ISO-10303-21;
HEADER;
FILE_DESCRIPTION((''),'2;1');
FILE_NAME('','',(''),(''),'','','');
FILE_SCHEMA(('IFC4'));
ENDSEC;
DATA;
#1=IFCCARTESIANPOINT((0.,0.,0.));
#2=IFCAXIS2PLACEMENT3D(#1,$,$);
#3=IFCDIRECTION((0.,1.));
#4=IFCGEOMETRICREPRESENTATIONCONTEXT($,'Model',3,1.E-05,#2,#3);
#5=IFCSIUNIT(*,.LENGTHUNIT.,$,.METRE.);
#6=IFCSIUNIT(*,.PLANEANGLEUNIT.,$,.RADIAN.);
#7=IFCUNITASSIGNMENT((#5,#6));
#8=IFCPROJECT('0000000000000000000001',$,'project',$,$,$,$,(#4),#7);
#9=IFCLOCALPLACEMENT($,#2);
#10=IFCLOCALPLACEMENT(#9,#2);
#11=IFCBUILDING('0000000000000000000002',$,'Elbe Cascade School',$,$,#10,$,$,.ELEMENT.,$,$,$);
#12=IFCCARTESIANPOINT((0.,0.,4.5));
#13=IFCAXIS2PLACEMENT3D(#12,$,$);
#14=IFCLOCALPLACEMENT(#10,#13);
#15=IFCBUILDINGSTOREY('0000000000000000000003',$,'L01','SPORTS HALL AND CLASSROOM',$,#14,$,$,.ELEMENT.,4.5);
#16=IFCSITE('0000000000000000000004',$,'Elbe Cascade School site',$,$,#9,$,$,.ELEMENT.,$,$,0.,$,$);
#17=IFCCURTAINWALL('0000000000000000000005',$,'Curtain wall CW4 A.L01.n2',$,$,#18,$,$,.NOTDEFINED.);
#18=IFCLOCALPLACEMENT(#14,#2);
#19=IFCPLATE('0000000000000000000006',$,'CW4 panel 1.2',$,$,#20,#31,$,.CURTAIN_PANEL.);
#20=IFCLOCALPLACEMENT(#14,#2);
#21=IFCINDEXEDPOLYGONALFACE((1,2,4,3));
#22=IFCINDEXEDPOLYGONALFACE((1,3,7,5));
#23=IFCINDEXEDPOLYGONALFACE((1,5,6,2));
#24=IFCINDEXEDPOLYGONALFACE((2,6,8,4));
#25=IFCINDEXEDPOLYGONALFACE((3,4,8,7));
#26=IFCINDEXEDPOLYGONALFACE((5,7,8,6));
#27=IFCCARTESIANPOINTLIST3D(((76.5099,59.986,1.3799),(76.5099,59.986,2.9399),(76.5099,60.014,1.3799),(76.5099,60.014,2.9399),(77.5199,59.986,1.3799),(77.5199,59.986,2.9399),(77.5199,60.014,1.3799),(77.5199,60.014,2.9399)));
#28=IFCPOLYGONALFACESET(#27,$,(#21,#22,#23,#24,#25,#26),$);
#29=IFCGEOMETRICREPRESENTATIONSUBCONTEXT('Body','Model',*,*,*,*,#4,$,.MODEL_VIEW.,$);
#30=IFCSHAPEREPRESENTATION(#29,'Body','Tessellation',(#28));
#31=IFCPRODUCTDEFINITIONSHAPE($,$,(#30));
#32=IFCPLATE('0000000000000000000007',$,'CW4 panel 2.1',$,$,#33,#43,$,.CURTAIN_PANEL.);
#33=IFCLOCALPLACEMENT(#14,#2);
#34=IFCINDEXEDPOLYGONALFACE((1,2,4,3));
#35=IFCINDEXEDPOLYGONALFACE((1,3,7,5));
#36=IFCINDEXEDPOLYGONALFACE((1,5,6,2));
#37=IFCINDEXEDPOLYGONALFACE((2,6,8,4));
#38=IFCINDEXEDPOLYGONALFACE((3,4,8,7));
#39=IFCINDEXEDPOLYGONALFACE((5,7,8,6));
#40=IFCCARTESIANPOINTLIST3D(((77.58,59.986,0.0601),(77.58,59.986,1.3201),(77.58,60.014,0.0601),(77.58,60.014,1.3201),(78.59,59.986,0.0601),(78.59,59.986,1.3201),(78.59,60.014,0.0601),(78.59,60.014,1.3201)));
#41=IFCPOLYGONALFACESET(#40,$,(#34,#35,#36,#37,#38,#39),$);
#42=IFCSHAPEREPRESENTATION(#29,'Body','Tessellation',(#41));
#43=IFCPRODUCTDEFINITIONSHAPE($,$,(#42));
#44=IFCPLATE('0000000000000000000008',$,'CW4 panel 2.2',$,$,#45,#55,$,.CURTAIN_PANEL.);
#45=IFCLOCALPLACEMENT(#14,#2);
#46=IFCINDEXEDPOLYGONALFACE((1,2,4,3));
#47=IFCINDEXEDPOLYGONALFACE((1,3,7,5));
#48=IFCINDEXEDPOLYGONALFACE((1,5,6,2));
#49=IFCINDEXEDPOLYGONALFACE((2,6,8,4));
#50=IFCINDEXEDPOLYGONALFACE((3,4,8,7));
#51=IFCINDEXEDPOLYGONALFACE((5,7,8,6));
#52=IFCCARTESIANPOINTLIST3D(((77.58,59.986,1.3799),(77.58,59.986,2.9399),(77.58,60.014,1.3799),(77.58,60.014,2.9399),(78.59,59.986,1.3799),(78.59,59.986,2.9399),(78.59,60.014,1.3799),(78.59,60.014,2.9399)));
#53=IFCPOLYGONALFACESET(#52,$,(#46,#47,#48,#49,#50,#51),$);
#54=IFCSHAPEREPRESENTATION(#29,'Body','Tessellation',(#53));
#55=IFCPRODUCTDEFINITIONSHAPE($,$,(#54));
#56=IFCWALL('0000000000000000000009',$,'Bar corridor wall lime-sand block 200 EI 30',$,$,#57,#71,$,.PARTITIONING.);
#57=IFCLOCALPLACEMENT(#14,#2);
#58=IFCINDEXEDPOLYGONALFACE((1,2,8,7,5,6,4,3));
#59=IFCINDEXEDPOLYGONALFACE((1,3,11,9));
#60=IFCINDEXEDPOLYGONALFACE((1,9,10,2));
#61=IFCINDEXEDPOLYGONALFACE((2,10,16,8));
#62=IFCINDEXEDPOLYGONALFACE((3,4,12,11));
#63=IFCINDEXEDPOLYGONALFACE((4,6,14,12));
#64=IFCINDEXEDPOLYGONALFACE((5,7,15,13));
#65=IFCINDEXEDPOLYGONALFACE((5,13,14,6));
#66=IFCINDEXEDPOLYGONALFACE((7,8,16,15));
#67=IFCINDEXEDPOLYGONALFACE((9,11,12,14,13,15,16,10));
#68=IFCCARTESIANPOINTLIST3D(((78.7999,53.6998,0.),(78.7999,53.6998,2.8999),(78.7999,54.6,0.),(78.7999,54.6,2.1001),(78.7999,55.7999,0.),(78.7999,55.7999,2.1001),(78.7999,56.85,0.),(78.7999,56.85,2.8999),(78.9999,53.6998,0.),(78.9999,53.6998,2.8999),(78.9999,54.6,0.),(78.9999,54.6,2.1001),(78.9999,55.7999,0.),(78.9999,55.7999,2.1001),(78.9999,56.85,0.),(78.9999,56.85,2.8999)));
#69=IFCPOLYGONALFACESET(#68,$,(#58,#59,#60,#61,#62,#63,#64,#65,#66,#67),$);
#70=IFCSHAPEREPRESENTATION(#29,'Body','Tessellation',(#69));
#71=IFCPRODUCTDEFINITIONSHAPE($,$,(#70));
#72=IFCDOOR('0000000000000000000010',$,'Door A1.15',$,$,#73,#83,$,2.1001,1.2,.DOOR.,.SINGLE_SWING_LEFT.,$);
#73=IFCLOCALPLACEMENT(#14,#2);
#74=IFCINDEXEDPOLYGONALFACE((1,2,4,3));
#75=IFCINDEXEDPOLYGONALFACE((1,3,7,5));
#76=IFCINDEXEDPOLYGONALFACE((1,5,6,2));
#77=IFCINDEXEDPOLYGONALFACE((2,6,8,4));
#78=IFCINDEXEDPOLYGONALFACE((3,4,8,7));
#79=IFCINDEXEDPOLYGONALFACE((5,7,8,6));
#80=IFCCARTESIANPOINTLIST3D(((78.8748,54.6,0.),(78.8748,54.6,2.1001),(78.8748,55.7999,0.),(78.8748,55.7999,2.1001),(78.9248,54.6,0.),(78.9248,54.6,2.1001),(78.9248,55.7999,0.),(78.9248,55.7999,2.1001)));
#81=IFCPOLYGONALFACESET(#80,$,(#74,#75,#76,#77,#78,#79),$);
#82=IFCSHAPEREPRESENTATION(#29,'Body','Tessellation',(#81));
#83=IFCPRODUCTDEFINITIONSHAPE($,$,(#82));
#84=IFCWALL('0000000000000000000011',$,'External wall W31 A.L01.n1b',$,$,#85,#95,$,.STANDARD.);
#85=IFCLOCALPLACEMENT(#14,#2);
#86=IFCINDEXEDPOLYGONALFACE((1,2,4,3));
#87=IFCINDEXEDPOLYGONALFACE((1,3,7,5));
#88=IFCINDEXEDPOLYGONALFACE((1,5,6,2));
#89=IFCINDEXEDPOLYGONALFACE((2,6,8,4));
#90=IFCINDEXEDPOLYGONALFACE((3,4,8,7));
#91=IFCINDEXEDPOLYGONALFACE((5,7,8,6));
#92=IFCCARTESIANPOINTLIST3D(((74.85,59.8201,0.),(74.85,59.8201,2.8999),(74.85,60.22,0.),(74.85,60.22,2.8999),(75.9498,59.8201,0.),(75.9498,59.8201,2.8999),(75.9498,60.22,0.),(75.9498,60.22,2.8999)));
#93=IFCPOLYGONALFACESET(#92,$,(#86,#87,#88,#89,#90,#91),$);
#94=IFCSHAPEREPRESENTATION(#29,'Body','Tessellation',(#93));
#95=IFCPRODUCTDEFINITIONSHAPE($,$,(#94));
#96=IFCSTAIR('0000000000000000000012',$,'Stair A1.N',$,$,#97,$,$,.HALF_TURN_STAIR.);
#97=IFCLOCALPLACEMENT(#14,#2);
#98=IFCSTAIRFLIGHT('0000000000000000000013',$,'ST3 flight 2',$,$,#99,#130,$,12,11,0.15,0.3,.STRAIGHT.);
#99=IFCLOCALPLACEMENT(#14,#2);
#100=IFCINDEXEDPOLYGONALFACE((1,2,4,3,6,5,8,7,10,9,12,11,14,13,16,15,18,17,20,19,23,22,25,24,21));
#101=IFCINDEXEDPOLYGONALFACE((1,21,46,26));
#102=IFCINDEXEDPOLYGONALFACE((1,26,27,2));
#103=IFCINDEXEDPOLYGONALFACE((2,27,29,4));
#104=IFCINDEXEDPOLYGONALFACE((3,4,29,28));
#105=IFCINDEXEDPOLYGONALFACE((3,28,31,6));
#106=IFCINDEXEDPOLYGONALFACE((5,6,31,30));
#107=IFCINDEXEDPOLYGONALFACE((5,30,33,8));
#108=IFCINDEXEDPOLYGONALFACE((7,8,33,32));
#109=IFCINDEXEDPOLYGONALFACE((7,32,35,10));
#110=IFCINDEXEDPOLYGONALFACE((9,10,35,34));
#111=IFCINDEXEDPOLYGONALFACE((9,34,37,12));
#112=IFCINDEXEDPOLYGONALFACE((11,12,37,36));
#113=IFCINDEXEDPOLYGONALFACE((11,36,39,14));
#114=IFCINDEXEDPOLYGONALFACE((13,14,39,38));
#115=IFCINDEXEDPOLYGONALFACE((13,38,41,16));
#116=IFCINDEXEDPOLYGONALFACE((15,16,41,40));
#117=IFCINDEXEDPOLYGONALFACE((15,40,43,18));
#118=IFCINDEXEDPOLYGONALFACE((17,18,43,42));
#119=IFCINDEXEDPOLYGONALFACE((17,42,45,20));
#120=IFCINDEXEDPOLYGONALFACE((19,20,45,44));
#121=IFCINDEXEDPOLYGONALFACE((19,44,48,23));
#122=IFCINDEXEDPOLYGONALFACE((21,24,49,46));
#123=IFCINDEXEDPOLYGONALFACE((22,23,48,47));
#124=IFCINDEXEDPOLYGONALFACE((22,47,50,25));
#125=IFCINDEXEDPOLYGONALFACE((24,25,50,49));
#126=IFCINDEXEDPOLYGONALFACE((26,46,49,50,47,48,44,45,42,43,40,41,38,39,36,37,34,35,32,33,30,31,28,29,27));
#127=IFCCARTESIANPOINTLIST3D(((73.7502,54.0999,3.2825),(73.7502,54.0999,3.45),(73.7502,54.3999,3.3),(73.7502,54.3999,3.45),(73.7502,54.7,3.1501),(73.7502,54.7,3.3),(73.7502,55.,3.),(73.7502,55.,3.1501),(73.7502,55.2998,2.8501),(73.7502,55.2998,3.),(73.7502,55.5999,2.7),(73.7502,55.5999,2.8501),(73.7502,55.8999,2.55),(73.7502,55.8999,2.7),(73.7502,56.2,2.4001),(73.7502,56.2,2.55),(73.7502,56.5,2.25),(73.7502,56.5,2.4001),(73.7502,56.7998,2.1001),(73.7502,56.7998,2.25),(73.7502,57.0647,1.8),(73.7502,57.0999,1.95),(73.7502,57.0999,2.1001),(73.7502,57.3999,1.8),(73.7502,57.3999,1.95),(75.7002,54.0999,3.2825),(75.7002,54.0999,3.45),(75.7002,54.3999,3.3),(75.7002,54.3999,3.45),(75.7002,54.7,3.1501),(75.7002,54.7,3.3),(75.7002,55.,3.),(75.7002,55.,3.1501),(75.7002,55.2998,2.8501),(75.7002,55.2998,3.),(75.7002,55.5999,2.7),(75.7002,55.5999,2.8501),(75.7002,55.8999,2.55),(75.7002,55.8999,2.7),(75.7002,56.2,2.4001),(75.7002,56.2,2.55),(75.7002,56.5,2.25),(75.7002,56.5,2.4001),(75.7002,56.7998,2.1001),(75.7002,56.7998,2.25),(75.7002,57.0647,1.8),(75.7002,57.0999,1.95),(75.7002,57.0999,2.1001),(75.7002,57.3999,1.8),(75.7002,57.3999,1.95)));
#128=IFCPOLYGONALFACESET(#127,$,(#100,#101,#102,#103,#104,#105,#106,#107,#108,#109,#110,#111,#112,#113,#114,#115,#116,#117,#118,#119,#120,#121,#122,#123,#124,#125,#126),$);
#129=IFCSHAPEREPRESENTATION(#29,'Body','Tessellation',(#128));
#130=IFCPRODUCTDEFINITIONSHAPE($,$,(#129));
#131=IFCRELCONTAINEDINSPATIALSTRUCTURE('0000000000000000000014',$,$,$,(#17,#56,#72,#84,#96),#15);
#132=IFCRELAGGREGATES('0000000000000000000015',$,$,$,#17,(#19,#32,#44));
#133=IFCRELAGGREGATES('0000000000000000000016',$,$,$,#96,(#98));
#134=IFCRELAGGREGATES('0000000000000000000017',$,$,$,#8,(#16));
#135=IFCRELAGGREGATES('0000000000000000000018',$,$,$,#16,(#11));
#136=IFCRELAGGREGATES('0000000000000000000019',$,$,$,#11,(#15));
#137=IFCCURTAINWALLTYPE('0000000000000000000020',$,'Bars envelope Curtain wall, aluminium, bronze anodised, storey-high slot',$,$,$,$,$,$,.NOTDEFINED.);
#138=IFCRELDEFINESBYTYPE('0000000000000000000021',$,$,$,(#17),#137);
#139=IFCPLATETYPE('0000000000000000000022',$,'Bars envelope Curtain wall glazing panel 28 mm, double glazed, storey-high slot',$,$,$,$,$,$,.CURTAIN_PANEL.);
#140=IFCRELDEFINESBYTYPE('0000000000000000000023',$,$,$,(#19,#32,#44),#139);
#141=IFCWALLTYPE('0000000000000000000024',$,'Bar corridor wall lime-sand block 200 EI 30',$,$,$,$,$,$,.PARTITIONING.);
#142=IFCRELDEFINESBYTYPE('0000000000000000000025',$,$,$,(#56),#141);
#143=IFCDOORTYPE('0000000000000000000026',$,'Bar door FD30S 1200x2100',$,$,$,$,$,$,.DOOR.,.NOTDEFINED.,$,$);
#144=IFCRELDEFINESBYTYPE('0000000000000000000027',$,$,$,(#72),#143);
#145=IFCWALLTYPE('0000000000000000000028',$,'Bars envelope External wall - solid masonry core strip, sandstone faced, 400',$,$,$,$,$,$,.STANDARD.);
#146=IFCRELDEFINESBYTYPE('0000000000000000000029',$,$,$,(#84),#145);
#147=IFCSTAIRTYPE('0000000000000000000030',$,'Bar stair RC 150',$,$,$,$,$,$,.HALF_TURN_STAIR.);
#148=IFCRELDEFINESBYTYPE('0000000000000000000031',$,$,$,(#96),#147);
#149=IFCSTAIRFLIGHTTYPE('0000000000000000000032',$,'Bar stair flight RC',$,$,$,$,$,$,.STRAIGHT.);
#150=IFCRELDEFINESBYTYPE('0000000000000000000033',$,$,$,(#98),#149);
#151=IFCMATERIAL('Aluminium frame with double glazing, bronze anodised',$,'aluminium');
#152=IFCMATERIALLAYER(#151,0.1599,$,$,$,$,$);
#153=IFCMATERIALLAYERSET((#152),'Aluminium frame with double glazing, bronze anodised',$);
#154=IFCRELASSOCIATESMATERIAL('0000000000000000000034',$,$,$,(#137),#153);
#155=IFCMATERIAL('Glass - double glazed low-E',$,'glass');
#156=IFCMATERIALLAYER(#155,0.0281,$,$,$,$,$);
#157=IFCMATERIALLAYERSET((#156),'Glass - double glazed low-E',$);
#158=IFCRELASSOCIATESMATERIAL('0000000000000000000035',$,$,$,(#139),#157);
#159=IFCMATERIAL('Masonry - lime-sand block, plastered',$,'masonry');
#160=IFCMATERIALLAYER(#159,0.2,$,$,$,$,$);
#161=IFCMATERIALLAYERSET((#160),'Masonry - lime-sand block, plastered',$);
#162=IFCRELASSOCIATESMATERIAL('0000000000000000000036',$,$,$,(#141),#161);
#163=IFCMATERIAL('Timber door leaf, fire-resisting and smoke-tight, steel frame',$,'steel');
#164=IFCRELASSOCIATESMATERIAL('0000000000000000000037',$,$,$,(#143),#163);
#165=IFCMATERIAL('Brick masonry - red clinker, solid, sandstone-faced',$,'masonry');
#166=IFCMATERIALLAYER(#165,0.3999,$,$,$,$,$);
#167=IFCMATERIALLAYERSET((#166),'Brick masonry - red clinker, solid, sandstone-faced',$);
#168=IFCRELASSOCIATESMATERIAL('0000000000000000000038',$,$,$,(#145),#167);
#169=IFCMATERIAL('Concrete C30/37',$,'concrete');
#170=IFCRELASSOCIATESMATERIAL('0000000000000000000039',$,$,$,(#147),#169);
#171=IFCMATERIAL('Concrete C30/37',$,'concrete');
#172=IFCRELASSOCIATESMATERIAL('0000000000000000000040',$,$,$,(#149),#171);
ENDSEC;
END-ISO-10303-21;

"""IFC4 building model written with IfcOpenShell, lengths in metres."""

from ifc_helpers import new_model, si_unit, direction, frame, frame_2d, origin, origin_2d, place, context, subcontext, project, spatial, polyline, rectangle, outline, extrude, material, layer, layer_set, type_object, element, fill, aggregate, save


model = new_model("IFC4")

# Units and contexts
model_context = context("Model", 3, precision=1e-05, world=origin(), true_north=direction((0.0, 1.0)))
body_context = subcontext(model_context, "Body", "Model", "MODEL_VIEW")
ifc_project = project(units=[si_unit("LENGTHUNIT", "METRE"), si_unit("PLANEANGLEUNIT", "RADIAN")], contexts=[model_context])

# Site, building, storey
site_placement = place(None, origin())
site = spatial("IfcSite", under=ifc_project, at=site_placement, Name="Elbe Cascade School site", CompositionType="ELEMENT", RefElevation=0.0)
building_placement = place(site_placement, origin())
building = spatial("IfcBuilding", under=site, at=building_placement, Name="Elbe Cascade School", CompositionType="ELEMENT")
storey_placement = place(building_placement, frame((0.0, 0.0, 4.5)))
storey = spatial("IfcBuildingStorey", under=building, at=storey_placement, Name="L01", Description="SPORTS HALL AND CLASSROOM", CompositionType="ELEMENT", Elevation=4.5)

# Shared definitions
ifc_material_1 = material(Name="Aluminium frame with double glazing, bronze anodised", Category="aluminium")
ifc_layer_1 = layer(ifc_material_1, 0.1599)
ifc_layer_set_1 = layer_set([ifc_layer_1], Name="Aluminium frame with double glazing, bronze anodised")
curtain_wall_type = type_object("IfcCurtainWallType", Name="Bars envelope Curtain wall, aluminium, bronze anodised, storey-high slot", PredefinedType="NOTDEFINED", material=ifc_layer_set_1)

# Curtain wall
curtain_wall_1_placement = place(storey_placement, origin())
curtain_wall_1 = element("IfcCurtainWall", 1, at=curtain_wall_1_placement, inside=storey, type_object=curtain_wall_type, Name="Curtain wall CW4 A.L01.n2", PredefinedType="NOTDEFINED")

# Plates
ifc_material_2 = material(Name="Glass - double glazed low-E", Category="glass")
ifc_layer_2 = layer(ifc_material_2, 0.0281)
ifc_layer_set_2 = layer_set([ifc_layer_2], Name="Glass - double glazed low-E")
plate_type = type_object("IfcPlateType", Name="Bars envelope Curtain wall glazing panel 28 mm, double glazed, storey-high slot", PredefinedType="CURTAIN_PANEL", material=ifc_layer_set_2)
plate_1_placement = place(storey_placement, frame((77.0149, 60.0, 1.3799), z_axis=(0.0, 0.0, 1.0), x_axis=(1.0, 0.0, 0.0)))
plate_1 = element("IfcPlate", 2, at=plate_1_placement, type_object=plate_type, Name="CW4 panel 1.2", PredefinedType="CURTAIN_PANEL", context=body_context, shape_type="SweptSolid", body=[
    extrude(rectangle(XDim=1.01, YDim=0.0281, at=origin_2d()), origin(), (0.0, 0.0, 1.0), 1.5601),
])
plate_2_placement = place(storey_placement, frame((78.085, 60.0, 0.0601), z_axis=(0.0, 0.0, 1.0), x_axis=(1.0, 0.0, 0.0)))
plate_2 = element("IfcPlate", 3, at=plate_2_placement, type_object=plate_type, Name="CW4 panel 2.1", PredefinedType="CURTAIN_PANEL", context=body_context, shape_type="SweptSolid", body=[
    extrude(rectangle(XDim=1.01, YDim=0.0281, at=origin_2d()), origin(), (0.0, 0.0, 1.0), 1.26),
])
plate_3_placement = place(storey_placement, frame((78.085, 60.0, 1.3799), z_axis=(0.0, 0.0, 1.0), x_axis=(1.0, 0.0, 0.0)))
plate_3 = element("IfcPlate", 4, at=plate_3_placement, type_object=plate_type, Name="CW4 panel 2.2", PredefinedType="CURTAIN_PANEL", context=body_context, shape_type="SweptSolid", body=[
    extrude(rectangle(XDim=1.01, YDim=0.0281, at=origin_2d()), origin(), (0.0, 0.0, 1.0), 1.5601),
])
aggregate(curtain_wall_1, [plate_1, plate_2, plate_3])

# Wall, opening, door
ifc_material_3 = material(Name="Masonry - lime-sand block, plastered", Category="masonry")
ifc_layer_3 = layer(ifc_material_3, 0.2)
ifc_layer_set_3 = layer_set([ifc_layer_3], Name="Masonry - lime-sand block, plastered")
wall_type_1 = type_object("IfcWallType", Name="Bar corridor wall lime-sand block 200 EI 30", PredefinedType="PARTITIONING", material=ifc_layer_set_3)
wall_1_placement = place(storey_placement, frame((78.8999, 56.8501, 0.0), z_axis=(0.0, 0.0, 1.0), x_axis=(0.0, -1.0, 0.0)))
wall_1 = element("IfcWall", 5, at=wall_1_placement, inside=storey, type_object=wall_type_1, Name="Bar corridor wall lime-sand block 200 EI 30", PredefinedType="PARTITIONING", context=body_context, shape_type="SweptSolid", body=[
    extrude(rectangle(XDim=3.1501, YDim=0.2, at=frame_2d((1.5752, 0.0))), origin(), (0.0, 0.0, 1.0), 2.8999),
])
opening_placement = place(wall_1_placement, frame((1.05, 0.0, 0.0)))
opening = element("IfcOpeningElement", 6, at=opening_placement, cuts=wall_1, PredefinedType="OPENING", context=body_context, shape_type="SweptSolid", body=[
    extrude(rectangle(XDim=1.2, YDim=2.1001, at=frame_2d((0.6001, 1.05))), frame((0.0, 0.1099, 0.0), z_axis=(0.0, -1.0, 0.0), x_axis=(1.0, 0.0, 0.0)), (0.0, 0.0, 1.0), 0.22),
])
ifc_material_4 = material(Name="Timber door leaf, fire-resisting and smoke-tight, steel frame", Category="steel")
door_type = type_object("IfcDoorType", Name="Bar door FD30S 1200x2100", OperationType="NOTDEFINED", PredefinedType="DOOR", material=ifc_material_4)
door_placement = place(opening_placement, origin())
door = element("IfcDoor", 7, at=door_placement, inside=storey, type_object=door_type, Name="Door A1.15", OperationType="SINGLE_SWING_LEFT", OverallHeight=2.1001, OverallWidth=1.2, PredefinedType="DOOR", context=body_context, shape_type="SweptSolid", body=[
    extrude(rectangle(XDim=1.2, YDim=2.1001, at=frame_2d((0.6001, 1.05))), frame((0.0, 0.0249, 0.0), z_axis=(0.0, -1.0, 0.0), x_axis=(1.0, 0.0, 0.0)), (0.0, 0.0, 1.0), 0.05),
])
fill(opening, door)

# Wall
ifc_material_5 = material(Name="Brick masonry - red clinker, solid, sandstone-faced", Category="masonry")
ifc_layer_4 = layer(ifc_material_5, 0.3999)
ifc_layer_set_4 = layer_set([ifc_layer_4], Name="Brick masonry - red clinker, solid, sandstone-faced")
wall_type_2 = type_object("IfcWallType", Name="Bars envelope External wall - solid masonry core strip, sandstone faced, 400", PredefinedType="STANDARD", material=ifc_layer_set_4)
wall_2_placement = place(storey_placement, frame((74.8501, 60.02, 0.0), z_axis=(0.0, 0.0, 1.0), x_axis=(1.0, 0.0, 0.0)))
element("IfcWall", 8, at=wall_2_placement, inside=storey, type_object=wall_type_2, Name="External wall W31 A.L01.n1b", PredefinedType="STANDARD", context=body_context, shape_type="SweptSolid", body=[
    extrude(rectangle(XDim=1.0999, YDim=0.3999, at=frame_2d((0.5498, 0.0))), origin(), (0.0, 0.0, 1.0), 2.8999),
])

# Stair, stair flight
ifc_material_6 = material(Name="Concrete C30/37", Category="concrete")
stair_type = type_object("IfcStairType", Name="Bar stair RC 150", PredefinedType="HALF_TURN_STAIR", material=ifc_material_6)
stair_placement = place(storey_placement, origin())
stair = element("IfcStair", 9, at=stair_placement, inside=storey, type_object=stair_type, Name="Stair A1.N", PredefinedType="HALF_TURN_STAIR")
ifc_material_7 = material(Name="Concrete C30/37", Category="concrete")
stair_flight_type = type_object("IfcStairFlightType", Name="Bar stair flight RC", PredefinedType="STRAIGHT", material=ifc_material_7)
stair_flight_placement = place(storey_placement, frame((74.7251, 57.3999, 1.8), z_axis=(0.0, 0.0, 1.0), x_axis=(0.0, -1.0, 0.0)))
stair_flight = element("IfcStairFlight", 10, at=stair_flight_placement, type_object=stair_flight_type, Name="ST3 flight 2", NumberOfRisers=12, NumberOfTreads=11, PredefinedType="STRAIGHT", RiserHeight=0.15, TreadLength=0.3, context=body_context, shape_type="SweptSolid", body=[
    extrude(outline(polyline([(0.0, 0.0), (0.0, 0.1499), (0.3, 0.1499), (0.3, 0.3), (0.6001, 0.3), (0.6001, 0.45), (0.8999, 0.45), (0.8999, 0.6001), (1.2, 0.6001), (1.2, 0.75), (1.5, 0.75), (1.5, 0.8999), (1.8, 0.8999), (1.8, 1.05), (2.1001, 1.05), (2.1001, 1.2), (2.3999, 1.2), (2.3999, 1.3501), (2.7, 1.3501), (2.7, 1.5), (3.0, 1.5), (3.0, 1.6499), (3.3, 1.6499), (3.3, 1.8), (3.3, 1.4824), (0.3352, 0.0), (0.0, 0.0)])), frame((0.0, 0.9751, 0.0), z_axis=(0.0, -1.0, 0.0), x_axis=(1.0, 0.0, 0.0)), (0.0, 0.0, 1.0), 1.95),
])
aggregate(stair, [stair_flight])

save(model, "model.ifc")
